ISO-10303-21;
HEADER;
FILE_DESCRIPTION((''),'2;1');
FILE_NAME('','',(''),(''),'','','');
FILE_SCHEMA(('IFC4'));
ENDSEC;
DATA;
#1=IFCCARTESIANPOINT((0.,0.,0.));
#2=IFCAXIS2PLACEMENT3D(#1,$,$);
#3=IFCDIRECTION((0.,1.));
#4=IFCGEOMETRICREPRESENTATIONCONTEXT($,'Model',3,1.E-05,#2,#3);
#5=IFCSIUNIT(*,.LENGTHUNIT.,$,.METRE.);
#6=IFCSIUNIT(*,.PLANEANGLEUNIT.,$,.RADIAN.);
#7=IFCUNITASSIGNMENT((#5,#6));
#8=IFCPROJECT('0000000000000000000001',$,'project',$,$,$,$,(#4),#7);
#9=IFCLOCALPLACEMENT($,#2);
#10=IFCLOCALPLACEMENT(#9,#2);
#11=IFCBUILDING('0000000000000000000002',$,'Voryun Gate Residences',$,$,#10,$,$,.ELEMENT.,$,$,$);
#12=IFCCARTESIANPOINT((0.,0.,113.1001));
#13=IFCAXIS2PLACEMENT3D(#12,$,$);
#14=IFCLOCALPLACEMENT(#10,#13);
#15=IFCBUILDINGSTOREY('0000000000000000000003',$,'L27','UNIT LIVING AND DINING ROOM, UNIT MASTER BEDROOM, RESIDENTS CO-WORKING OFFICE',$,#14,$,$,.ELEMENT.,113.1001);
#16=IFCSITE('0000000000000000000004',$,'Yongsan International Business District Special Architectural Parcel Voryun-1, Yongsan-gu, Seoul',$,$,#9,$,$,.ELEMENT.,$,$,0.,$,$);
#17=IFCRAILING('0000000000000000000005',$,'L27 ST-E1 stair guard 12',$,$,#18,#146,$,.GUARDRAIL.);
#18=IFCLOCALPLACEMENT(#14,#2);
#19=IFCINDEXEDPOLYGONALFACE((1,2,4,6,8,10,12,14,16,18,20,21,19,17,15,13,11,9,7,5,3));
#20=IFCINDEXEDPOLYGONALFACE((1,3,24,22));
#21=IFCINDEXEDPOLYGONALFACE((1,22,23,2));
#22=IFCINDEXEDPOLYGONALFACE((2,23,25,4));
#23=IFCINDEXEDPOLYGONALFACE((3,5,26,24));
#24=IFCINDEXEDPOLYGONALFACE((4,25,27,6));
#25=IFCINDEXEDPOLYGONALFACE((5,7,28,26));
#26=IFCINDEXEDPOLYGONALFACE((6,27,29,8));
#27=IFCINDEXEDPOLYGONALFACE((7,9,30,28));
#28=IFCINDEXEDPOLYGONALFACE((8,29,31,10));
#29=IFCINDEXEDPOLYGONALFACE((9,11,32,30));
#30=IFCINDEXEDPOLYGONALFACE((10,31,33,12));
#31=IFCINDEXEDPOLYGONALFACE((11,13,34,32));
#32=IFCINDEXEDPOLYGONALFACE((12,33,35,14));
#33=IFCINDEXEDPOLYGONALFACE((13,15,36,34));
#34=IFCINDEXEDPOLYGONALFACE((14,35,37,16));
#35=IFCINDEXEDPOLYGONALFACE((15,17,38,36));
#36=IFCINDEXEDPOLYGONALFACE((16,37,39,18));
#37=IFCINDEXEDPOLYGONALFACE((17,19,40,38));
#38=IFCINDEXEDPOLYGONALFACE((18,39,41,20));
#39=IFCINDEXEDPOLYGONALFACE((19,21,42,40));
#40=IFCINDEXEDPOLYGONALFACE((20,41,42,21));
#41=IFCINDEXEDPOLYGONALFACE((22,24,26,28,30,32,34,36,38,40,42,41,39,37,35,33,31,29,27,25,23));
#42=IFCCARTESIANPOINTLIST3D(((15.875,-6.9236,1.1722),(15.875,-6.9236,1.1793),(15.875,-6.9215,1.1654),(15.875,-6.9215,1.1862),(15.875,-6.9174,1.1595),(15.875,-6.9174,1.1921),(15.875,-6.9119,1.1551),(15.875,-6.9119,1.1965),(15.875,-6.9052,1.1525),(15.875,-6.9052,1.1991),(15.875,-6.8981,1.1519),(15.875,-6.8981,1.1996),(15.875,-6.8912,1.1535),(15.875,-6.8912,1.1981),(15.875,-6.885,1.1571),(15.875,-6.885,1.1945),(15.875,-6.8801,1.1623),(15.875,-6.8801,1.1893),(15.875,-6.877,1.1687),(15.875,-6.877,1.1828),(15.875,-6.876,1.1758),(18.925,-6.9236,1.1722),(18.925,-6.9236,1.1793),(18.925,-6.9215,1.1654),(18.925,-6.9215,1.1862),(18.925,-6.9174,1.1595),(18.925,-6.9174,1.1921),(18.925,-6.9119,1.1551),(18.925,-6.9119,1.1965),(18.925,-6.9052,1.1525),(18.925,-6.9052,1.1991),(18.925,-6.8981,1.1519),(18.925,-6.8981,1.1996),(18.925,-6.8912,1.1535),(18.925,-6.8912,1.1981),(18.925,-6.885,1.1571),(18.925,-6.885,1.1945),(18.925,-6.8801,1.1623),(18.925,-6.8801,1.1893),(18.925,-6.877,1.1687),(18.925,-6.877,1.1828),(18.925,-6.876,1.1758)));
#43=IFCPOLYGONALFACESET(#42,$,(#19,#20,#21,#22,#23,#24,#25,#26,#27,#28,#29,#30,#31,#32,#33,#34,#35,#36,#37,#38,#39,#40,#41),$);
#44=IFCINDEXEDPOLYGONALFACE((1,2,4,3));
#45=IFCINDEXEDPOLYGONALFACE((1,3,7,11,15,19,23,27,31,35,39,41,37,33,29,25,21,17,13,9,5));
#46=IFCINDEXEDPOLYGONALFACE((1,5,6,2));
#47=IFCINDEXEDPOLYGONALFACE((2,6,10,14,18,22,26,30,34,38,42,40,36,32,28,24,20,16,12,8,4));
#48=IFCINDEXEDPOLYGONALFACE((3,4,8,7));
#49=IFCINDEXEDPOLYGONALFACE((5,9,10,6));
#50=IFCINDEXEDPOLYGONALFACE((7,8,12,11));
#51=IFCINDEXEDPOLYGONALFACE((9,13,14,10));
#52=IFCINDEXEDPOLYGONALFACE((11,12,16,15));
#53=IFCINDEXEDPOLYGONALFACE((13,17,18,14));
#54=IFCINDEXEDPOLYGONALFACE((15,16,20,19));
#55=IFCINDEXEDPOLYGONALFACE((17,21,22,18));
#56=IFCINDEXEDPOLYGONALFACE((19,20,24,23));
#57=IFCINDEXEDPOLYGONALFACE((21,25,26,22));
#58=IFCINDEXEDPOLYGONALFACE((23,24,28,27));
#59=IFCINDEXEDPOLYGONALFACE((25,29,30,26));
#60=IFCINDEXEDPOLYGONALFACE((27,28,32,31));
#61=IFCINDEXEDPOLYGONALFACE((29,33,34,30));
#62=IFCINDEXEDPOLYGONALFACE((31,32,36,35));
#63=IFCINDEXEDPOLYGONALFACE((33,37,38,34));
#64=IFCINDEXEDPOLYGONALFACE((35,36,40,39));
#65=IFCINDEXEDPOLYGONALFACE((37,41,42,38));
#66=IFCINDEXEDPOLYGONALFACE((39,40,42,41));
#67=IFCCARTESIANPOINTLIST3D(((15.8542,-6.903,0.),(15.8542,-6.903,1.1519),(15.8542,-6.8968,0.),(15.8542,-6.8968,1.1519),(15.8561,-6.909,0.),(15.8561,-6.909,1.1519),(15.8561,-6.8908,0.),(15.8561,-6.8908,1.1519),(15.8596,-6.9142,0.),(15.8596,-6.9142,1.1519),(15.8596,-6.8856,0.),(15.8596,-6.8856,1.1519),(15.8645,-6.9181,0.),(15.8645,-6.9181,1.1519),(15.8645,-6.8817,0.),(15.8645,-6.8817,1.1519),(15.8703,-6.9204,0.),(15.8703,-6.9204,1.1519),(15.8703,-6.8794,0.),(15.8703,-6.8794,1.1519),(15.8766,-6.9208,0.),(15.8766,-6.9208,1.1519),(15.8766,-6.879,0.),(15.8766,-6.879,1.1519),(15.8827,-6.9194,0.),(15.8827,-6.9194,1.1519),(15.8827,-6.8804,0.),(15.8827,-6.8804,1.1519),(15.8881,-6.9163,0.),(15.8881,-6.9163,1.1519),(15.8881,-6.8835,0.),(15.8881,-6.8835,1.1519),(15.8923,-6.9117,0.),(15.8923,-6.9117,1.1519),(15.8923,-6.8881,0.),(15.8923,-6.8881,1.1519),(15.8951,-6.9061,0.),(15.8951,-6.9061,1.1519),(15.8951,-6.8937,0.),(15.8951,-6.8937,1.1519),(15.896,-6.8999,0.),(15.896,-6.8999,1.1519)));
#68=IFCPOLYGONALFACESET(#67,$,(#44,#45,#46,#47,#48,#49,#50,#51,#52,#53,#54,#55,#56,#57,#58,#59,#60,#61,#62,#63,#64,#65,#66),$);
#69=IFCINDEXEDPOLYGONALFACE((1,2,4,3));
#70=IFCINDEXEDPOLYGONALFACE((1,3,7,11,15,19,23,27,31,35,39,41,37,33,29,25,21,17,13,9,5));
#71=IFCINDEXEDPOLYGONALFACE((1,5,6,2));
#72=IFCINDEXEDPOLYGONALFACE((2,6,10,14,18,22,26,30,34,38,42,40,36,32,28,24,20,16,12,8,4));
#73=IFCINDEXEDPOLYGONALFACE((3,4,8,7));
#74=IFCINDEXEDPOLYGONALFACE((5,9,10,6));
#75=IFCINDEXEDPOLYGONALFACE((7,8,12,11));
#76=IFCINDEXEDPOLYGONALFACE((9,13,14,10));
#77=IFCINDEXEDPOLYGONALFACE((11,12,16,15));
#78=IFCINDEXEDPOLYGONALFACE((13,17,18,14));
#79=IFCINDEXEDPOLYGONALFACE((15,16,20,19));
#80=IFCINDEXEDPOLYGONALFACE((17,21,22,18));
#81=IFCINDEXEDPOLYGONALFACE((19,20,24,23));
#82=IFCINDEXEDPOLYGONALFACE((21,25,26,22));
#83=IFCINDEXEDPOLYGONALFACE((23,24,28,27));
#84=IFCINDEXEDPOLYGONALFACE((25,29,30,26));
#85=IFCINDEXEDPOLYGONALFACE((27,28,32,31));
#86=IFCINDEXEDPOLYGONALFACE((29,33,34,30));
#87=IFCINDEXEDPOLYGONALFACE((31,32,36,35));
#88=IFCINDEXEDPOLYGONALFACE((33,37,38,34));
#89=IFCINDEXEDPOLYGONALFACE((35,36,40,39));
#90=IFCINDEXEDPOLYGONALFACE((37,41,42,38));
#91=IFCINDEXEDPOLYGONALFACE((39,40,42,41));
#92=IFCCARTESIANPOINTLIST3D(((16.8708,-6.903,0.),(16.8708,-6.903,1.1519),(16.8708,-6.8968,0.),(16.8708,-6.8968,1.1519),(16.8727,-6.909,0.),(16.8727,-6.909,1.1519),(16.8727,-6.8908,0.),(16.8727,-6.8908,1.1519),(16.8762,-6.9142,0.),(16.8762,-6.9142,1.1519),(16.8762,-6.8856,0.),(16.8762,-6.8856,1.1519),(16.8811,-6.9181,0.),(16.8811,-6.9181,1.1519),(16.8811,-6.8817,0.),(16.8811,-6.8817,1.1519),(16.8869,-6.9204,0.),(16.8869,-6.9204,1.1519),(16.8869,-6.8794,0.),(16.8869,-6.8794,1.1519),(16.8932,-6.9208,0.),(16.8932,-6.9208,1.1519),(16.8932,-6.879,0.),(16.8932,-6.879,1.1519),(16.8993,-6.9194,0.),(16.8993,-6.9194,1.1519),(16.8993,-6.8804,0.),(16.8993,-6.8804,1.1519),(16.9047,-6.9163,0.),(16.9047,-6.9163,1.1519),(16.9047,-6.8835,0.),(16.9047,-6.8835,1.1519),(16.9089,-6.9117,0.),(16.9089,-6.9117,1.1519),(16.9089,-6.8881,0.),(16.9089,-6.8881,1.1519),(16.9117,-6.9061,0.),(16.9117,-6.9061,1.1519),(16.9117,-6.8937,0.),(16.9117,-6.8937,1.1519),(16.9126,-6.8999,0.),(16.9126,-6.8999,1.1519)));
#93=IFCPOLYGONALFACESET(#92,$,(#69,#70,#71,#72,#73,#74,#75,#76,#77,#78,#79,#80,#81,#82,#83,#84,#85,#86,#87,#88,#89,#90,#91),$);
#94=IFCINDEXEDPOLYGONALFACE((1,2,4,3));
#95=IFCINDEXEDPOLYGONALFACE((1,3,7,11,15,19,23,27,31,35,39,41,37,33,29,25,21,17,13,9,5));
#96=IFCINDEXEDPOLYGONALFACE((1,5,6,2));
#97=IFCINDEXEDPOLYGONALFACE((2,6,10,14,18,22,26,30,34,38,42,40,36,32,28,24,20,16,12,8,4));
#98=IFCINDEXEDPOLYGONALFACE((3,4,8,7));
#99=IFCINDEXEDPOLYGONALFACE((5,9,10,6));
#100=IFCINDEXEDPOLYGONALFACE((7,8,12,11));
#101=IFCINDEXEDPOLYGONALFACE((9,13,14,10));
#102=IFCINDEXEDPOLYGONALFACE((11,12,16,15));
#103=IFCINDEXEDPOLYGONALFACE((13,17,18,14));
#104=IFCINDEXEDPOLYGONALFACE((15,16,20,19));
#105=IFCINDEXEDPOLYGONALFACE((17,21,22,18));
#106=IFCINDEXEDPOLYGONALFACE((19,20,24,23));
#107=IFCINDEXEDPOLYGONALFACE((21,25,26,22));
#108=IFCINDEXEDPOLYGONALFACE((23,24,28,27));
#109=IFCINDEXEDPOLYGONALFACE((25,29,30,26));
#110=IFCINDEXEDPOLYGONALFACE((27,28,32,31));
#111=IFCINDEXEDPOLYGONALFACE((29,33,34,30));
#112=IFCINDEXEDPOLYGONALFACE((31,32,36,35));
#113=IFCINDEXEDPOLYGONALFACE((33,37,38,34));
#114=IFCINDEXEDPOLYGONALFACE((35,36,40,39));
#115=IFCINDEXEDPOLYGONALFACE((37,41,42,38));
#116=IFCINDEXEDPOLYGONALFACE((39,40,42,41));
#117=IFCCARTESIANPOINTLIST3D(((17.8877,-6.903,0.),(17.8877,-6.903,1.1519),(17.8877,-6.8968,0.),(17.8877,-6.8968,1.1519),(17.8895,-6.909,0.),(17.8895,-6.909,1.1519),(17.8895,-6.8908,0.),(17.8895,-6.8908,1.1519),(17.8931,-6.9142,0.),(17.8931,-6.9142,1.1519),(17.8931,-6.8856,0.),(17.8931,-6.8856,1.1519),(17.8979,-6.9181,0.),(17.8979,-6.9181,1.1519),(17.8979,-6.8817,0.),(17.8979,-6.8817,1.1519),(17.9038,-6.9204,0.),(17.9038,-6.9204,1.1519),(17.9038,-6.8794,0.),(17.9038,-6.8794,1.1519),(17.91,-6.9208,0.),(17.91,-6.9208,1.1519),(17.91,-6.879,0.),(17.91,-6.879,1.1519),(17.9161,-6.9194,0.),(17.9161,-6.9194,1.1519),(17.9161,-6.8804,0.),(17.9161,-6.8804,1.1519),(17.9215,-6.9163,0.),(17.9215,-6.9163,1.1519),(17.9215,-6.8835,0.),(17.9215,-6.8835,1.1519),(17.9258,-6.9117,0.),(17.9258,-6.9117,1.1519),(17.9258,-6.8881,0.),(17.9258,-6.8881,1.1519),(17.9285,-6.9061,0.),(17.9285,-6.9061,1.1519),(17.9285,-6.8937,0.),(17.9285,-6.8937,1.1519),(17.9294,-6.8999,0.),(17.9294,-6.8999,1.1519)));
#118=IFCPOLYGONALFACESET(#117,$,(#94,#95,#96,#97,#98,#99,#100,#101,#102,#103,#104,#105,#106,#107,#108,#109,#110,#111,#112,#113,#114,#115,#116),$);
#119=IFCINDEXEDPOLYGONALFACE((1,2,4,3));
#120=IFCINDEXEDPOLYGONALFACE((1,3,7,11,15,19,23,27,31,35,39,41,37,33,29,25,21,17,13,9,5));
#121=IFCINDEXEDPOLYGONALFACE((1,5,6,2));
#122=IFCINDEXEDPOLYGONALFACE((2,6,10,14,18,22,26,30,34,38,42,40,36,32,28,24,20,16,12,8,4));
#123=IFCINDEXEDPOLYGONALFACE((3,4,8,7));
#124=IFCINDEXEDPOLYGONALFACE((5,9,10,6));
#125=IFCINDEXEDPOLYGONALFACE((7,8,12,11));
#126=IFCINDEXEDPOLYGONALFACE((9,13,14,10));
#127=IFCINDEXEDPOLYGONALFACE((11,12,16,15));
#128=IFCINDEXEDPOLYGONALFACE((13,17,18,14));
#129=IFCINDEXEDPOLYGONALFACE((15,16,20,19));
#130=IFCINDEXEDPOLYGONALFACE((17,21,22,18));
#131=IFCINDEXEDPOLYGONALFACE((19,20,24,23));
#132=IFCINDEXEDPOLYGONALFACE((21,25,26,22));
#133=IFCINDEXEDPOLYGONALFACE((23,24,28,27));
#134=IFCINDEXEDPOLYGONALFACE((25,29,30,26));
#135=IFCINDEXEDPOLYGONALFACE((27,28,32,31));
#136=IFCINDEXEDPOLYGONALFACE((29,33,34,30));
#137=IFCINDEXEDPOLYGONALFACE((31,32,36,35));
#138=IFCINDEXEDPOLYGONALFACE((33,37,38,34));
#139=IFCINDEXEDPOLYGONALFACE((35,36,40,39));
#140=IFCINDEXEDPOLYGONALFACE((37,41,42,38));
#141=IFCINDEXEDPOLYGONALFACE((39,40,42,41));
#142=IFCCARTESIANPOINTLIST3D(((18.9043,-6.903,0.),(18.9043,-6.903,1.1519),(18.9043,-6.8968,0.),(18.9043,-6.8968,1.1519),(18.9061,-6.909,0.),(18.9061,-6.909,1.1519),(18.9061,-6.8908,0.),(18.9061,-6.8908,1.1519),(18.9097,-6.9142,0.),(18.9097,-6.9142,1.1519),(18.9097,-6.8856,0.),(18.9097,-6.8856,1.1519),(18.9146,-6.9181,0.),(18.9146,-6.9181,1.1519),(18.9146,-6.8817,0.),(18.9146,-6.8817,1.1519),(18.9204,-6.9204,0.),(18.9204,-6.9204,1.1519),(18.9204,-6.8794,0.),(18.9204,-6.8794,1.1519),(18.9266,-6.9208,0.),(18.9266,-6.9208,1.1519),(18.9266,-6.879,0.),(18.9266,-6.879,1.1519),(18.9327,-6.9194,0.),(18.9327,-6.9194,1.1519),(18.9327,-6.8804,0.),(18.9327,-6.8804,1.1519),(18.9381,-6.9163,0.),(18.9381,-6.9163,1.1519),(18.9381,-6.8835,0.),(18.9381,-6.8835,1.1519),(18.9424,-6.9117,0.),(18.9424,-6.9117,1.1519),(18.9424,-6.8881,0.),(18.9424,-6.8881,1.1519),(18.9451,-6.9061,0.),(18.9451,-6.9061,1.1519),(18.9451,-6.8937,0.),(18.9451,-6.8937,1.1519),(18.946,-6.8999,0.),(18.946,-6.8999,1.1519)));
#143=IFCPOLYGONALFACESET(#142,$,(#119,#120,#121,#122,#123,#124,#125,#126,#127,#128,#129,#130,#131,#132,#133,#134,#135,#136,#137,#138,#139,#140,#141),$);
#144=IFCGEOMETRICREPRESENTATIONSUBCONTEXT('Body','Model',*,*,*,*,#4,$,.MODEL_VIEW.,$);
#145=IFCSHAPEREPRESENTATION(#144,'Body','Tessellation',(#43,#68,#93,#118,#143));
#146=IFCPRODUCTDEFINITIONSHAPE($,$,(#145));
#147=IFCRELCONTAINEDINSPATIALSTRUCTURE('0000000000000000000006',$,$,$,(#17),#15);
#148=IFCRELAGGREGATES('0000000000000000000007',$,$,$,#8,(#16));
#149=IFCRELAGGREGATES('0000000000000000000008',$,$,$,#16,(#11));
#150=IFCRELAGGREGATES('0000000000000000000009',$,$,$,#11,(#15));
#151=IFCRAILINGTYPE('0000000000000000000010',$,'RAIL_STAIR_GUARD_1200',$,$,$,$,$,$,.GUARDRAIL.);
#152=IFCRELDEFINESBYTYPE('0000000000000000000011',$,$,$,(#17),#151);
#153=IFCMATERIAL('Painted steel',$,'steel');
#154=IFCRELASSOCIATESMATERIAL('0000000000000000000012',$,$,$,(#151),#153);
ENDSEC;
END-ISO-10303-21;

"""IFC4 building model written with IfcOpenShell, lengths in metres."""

from ifc_helpers import new_model, si_unit, direction, frame, origin, origin_2d, place, context, subcontext, project, spatial, circle, extrude, material, type_object, element, save


model = new_model("IFC4")

# Units and contexts
model_context = context("Model", 3, precision=1e-05, world=origin(), true_north=direction((0.0, 1.0)))
body_context = subcontext(model_context, "Body", "Model", "MODEL_VIEW")
ifc_project = project(units=[si_unit("LENGTHUNIT", "METRE"), si_unit("PLANEANGLEUNIT", "RADIAN")], contexts=[model_context])

# Site, building, storey
site_placement = place(None, origin())
site = spatial("IfcSite", under=ifc_project, at=site_placement, Name="Yongsan International Business District Special Architectural Parcel Voryun-1, Yongsan-gu, Seoul", CompositionType="ELEMENT", RefElevation=0.0)
building_placement = place(site_placement, origin())
building = spatial("IfcBuilding", under=site, at=building_placement, Name="Voryun Gate Residences", CompositionType="ELEMENT")
storey_placement = place(building_placement, frame((0.0, 0.0, 113.1001)))
storey = spatial("IfcBuildingStorey", under=building, at=storey_placement, Name="L27", Description="UNIT LIVING AND DINING ROOM, UNIT MASTER BEDROOM, RESIDENTS CO-WORKING OFFICE", CompositionType="ELEMENT", Elevation=113.1001)

# Railing
ifc_material_1 = material(Name="Painted steel", Category="steel")
railing_type_1 = type_object("IfcRailingType", Name="RAIL_STAIR_GUARD_1200", PredefinedType="GUARDRAIL", material=ifc_material_1)
railing_1_placement = place(storey_placement, frame((15.875, -6.8999, 0.0)))
element("IfcRailing", 1, at=railing_1_placement, inside=storey, type_object=railing_type_1, Name="L27 ST-E1 stair guard 12", PredefinedType="GUARDRAIL", context=body_context, shape_type="SweptSolid", body=[
    extrude(circle(Radius=0.0239, at=origin_2d()), frame((0.0, 0.0, 1.1758), z_axis=(1.0, 0.0, 0.0), x_axis=(0.0, 1.0, 0.0)), (0.0, 0.0, 1.0), 3.05),
    extrude(circle(Radius=0.021, at=origin_2d()), origin(), (0.0, 0.0, 1.0), 1.1519),
    extrude(circle(Radius=0.021, at=origin_2d()), frame((1.0166, 0.0, 0.0)), (0.0, 0.0, 1.0), 1.1519),
    extrude(circle(Radius=0.021, at=origin_2d()), frame((2.0334, 0.0, 0.0)), (0.0, 0.0, 1.0), 1.1519),
    extrude(circle(Radius=0.021, at=origin_2d()), frame((3.05, 0.0, 0.0)), (0.0, 0.0, 1.0), 1.1519),
])

save(model, "model.ifc")
